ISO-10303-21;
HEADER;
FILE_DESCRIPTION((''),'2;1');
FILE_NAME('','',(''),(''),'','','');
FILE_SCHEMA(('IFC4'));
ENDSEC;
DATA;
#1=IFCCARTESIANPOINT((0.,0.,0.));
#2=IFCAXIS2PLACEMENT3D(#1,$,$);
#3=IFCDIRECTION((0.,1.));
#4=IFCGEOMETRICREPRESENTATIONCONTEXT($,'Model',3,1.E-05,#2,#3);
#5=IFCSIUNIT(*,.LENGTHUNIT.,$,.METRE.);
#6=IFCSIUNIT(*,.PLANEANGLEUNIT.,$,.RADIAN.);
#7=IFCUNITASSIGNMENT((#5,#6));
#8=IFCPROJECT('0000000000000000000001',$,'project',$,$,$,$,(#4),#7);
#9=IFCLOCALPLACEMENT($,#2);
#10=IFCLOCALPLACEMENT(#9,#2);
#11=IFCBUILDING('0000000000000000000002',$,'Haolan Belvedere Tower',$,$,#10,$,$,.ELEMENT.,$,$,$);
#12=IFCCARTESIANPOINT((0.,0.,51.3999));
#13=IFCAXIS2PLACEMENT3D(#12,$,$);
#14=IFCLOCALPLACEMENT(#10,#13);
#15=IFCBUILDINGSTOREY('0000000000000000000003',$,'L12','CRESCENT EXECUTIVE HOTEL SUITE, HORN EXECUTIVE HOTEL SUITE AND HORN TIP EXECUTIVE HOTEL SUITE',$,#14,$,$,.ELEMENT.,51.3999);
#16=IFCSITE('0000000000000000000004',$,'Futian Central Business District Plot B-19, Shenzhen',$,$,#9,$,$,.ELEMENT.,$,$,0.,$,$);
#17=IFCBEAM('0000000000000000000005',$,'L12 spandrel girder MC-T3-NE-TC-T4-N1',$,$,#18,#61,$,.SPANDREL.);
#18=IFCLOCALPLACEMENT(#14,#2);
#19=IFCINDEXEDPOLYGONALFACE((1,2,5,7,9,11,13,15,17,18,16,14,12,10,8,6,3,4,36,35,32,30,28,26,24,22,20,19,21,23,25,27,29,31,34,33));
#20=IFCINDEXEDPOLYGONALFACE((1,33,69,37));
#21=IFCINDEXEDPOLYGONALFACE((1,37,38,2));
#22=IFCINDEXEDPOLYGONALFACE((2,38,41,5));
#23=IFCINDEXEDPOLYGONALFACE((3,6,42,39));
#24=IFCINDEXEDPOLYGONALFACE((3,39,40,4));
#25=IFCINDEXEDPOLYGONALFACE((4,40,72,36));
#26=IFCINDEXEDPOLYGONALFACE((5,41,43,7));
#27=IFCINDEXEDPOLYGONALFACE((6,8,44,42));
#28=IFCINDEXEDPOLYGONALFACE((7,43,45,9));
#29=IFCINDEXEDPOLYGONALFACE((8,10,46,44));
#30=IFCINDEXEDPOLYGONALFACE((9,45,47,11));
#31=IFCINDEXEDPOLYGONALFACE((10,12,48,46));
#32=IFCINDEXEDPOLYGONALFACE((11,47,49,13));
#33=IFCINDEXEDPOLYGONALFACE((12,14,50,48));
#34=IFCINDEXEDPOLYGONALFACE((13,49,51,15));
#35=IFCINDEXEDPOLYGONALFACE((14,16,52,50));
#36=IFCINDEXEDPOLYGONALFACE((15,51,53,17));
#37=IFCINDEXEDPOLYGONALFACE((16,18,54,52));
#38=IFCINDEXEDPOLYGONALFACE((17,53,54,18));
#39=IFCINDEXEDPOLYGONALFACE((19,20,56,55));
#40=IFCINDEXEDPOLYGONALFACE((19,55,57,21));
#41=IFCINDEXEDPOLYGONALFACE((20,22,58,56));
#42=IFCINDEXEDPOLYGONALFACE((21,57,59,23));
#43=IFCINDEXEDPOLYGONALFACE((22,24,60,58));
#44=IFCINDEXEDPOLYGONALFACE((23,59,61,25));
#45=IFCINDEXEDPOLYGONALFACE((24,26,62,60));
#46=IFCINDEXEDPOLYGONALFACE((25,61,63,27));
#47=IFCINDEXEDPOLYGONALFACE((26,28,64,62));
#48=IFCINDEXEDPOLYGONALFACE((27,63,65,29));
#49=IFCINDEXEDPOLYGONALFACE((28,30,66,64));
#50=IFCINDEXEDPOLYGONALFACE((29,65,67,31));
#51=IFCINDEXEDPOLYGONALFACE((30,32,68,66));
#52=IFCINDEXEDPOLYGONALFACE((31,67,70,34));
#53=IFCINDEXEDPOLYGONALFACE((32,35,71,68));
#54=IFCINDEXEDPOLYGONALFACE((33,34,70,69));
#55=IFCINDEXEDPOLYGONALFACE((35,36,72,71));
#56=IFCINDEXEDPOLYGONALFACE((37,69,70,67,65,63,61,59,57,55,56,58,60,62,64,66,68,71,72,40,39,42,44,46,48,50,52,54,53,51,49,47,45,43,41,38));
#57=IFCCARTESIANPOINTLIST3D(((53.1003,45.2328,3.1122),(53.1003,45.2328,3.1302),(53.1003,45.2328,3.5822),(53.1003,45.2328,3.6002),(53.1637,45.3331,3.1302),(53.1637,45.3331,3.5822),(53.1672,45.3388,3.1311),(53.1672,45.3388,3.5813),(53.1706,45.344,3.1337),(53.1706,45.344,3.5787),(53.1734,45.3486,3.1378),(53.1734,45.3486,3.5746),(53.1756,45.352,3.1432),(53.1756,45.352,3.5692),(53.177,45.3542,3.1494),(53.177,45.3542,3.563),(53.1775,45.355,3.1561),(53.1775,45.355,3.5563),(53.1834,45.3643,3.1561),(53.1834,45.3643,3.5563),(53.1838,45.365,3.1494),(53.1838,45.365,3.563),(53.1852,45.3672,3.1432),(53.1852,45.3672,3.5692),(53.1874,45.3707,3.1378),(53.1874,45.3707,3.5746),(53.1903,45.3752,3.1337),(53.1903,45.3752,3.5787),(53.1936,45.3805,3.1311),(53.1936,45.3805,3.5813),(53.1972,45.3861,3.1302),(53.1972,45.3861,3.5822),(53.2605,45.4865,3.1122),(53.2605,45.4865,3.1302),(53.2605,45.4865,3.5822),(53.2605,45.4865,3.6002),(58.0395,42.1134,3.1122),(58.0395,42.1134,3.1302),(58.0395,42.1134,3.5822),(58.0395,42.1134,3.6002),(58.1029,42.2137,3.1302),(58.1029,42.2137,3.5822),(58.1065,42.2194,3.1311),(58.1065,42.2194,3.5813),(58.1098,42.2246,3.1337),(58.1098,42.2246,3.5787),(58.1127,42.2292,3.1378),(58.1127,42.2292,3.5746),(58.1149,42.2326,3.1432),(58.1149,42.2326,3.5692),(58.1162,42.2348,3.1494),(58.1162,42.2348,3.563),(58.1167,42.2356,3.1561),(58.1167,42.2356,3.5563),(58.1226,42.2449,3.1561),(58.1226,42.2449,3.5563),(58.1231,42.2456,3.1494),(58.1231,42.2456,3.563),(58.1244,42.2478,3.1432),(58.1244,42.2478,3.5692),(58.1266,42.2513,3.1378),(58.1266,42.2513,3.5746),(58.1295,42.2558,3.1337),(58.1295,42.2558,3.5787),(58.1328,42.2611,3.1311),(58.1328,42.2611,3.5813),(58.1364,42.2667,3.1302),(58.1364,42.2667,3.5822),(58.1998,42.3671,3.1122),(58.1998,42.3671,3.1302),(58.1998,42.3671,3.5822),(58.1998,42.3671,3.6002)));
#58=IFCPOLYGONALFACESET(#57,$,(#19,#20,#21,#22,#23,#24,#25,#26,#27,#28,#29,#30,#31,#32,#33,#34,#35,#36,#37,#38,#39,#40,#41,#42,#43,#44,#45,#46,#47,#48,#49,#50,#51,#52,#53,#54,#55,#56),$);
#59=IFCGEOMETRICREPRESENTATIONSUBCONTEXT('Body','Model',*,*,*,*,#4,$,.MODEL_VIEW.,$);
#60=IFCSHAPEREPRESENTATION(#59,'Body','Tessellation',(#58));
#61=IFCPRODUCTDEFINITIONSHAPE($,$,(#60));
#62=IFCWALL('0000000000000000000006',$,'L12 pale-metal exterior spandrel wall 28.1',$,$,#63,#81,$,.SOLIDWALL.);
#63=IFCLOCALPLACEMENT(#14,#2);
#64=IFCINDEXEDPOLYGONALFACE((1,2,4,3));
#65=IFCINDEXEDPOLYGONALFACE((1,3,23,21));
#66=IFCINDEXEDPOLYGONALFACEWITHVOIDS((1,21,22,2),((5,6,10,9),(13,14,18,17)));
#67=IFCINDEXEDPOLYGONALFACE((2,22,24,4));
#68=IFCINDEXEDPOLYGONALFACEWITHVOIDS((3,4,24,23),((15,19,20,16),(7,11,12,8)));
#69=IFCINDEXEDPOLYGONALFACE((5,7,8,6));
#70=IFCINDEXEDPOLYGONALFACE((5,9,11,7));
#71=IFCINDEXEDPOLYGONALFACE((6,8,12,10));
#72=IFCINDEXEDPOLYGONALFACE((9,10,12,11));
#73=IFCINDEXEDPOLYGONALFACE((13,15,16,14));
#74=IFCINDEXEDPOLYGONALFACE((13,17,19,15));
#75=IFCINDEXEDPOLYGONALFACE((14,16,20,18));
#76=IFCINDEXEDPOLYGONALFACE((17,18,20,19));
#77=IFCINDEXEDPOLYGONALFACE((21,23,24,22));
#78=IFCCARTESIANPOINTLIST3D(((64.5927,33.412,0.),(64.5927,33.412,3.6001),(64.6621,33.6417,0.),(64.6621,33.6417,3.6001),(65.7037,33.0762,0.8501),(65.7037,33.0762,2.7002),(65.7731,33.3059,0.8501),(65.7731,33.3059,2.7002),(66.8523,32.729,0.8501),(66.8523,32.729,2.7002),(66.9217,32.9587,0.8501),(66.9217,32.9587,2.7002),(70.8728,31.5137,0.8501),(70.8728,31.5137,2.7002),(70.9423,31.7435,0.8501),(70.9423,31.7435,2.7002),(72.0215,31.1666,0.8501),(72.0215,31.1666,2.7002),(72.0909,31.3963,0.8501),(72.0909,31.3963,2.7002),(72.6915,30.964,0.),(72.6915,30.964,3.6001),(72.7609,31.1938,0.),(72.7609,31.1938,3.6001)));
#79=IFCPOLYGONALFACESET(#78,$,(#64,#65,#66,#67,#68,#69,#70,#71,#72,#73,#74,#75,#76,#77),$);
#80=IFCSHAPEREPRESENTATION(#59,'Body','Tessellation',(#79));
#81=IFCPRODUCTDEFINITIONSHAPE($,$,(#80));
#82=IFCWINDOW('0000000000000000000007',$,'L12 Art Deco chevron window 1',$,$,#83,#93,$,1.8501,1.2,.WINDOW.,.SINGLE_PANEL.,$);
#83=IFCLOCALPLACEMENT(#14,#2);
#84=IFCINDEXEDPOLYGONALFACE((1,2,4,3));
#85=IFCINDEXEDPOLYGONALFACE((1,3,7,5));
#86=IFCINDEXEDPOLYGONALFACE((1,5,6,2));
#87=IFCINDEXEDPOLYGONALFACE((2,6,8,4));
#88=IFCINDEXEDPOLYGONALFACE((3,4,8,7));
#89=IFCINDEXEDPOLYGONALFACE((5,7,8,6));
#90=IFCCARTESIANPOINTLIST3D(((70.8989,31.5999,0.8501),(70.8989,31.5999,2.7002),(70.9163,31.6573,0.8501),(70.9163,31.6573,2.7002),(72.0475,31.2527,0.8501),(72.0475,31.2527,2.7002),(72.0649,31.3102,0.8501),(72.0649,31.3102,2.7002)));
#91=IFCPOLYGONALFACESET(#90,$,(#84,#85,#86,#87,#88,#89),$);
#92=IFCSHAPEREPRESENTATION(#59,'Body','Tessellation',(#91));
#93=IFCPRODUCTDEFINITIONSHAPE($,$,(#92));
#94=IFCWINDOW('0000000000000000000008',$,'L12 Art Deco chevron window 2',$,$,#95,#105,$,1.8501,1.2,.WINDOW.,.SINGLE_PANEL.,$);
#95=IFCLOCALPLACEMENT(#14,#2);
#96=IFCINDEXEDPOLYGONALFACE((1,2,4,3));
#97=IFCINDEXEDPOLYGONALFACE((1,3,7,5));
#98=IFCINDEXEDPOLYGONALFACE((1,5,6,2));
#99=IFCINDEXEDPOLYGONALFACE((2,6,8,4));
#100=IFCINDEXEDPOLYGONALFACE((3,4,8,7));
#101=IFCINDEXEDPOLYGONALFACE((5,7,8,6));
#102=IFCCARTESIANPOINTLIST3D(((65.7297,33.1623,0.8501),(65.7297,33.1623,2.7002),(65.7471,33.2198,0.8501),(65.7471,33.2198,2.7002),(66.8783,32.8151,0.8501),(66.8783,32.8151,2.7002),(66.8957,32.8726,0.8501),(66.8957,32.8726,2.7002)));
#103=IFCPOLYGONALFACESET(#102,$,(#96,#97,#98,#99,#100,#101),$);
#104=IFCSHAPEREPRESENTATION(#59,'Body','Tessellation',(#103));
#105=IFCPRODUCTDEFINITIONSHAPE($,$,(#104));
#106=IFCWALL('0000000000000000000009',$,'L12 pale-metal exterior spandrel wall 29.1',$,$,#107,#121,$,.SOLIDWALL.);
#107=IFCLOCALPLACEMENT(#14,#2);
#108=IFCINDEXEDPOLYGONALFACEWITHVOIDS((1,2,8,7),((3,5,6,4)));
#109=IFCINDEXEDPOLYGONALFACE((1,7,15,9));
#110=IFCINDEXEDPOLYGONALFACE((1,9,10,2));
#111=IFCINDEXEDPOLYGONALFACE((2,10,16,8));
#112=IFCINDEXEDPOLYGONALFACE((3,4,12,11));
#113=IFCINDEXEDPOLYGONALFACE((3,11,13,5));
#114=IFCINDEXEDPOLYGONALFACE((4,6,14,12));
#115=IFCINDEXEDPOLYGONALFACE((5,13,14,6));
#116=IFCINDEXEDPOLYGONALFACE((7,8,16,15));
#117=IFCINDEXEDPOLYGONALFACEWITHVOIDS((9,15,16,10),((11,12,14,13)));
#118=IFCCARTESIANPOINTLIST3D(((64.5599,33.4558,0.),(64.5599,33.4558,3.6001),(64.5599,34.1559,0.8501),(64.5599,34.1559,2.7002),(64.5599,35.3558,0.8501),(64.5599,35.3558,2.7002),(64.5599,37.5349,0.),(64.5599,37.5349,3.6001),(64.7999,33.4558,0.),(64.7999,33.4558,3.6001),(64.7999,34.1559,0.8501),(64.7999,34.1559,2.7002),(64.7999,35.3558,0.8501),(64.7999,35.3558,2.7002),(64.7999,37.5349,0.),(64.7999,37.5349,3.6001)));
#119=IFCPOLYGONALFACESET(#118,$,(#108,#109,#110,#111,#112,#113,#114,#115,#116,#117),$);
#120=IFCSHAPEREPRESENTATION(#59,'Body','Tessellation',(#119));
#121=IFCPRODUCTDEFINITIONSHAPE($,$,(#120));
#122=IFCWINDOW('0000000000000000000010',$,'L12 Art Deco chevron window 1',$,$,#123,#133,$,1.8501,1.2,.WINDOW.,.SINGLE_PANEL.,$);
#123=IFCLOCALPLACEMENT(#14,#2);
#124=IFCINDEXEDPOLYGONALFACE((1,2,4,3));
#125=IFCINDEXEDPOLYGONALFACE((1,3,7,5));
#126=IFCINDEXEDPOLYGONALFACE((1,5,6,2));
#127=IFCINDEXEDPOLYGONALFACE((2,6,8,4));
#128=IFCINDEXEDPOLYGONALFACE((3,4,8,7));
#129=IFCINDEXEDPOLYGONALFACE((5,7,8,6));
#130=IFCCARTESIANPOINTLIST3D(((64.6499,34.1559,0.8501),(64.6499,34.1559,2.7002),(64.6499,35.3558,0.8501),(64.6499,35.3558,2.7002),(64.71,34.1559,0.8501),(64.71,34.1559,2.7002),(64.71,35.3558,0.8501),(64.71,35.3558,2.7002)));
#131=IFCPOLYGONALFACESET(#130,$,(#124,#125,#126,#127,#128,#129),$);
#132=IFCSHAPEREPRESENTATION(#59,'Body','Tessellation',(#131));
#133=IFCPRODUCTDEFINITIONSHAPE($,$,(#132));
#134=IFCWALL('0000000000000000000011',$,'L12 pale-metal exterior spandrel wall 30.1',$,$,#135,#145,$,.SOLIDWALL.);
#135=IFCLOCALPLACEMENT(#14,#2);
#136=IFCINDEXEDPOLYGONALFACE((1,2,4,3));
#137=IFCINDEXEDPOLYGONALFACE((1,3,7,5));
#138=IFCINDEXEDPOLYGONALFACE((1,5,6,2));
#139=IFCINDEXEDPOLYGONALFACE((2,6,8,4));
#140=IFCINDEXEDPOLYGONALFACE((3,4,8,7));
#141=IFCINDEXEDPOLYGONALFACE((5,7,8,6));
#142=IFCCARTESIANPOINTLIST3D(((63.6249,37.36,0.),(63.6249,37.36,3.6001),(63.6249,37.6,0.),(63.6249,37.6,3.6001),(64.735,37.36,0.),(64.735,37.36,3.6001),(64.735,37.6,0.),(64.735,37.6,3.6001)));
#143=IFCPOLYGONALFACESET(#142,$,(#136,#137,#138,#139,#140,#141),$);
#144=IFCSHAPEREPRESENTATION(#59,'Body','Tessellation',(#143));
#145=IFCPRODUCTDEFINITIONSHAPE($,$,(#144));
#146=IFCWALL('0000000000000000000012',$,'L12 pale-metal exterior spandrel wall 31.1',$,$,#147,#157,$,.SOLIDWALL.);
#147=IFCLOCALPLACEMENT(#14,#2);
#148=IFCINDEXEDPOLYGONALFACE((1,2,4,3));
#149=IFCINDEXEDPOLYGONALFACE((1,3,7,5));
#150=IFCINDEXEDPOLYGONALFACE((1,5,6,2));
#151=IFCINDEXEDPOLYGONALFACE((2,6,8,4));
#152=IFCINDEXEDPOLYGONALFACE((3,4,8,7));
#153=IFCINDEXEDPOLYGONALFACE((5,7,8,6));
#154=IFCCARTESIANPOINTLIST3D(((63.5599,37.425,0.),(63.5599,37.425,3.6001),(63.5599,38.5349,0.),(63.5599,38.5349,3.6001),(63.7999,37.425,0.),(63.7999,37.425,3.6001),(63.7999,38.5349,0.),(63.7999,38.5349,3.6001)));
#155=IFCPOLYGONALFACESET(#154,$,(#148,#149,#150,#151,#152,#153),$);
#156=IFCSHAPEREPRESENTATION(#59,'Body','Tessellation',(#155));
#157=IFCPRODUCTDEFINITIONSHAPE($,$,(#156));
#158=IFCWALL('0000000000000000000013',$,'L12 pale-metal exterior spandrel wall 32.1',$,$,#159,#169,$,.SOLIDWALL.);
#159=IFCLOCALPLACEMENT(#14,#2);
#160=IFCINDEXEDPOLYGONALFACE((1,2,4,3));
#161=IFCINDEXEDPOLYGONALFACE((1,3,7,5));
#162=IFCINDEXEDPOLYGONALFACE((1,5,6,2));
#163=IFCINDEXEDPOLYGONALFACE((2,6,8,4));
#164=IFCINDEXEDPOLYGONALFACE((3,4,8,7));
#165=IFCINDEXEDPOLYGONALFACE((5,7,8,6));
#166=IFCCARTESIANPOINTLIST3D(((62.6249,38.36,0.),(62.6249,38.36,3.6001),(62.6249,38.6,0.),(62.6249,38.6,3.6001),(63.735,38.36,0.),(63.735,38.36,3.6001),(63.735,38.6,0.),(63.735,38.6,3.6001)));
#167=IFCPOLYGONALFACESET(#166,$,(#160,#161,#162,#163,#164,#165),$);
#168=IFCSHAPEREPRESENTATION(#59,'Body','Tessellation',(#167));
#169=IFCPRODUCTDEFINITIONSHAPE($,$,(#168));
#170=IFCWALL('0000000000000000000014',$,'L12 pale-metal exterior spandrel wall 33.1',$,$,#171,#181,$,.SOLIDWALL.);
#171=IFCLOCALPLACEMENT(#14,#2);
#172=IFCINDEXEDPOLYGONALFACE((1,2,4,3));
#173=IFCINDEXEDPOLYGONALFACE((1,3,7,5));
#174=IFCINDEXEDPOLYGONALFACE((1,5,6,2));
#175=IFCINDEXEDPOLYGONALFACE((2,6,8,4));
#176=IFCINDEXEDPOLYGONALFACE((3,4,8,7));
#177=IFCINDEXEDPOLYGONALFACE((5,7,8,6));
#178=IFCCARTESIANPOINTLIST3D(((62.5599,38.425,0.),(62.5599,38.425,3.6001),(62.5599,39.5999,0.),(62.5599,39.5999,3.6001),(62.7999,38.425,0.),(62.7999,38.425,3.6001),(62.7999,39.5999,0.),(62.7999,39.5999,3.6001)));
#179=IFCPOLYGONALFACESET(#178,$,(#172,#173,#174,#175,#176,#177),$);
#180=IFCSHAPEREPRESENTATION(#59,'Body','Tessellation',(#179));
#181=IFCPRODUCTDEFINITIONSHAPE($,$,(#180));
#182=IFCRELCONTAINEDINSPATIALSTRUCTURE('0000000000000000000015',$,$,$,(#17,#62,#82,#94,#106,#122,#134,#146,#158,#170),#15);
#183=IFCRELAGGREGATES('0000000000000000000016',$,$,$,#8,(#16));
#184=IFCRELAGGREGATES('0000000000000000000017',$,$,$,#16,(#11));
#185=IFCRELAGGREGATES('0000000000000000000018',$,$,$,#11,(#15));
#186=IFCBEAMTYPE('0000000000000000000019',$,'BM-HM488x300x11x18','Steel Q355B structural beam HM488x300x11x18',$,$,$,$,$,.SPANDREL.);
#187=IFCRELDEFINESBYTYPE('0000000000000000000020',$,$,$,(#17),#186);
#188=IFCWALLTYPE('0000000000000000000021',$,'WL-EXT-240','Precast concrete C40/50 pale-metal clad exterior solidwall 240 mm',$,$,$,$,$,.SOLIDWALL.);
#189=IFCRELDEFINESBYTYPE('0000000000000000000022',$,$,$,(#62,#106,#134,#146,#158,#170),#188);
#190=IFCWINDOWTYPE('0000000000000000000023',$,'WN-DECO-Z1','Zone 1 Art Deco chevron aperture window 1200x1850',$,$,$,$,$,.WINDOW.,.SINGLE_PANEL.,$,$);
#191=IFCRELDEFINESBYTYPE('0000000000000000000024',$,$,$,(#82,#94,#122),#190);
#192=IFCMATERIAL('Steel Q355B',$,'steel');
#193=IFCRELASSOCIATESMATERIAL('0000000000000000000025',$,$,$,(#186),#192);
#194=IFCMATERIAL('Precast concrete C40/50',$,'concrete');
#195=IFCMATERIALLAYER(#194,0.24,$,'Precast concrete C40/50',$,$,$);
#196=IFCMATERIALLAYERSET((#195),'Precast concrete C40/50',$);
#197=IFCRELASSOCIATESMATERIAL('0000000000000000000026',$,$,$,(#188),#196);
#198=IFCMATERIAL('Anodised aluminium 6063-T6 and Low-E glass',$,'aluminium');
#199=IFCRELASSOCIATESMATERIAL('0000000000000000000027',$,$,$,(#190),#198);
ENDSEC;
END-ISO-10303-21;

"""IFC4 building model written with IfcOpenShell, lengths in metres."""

from ifc_helpers import new_model, si_unit, direction, frame, frame_2d, origin, origin_2d, place, context, subcontext, project, spatial, rectangle, i_section, extrude, material, layer, layer_set, material_profile, profile_set, type_object, element, fill, save


model = new_model("IFC4")

# Units and contexts
model_context = context("Model", 3, precision=1e-05, world=origin(), true_north=direction((0.0, 1.0)))
body_context = subcontext(model_context, "Body", "Model", "MODEL_VIEW")
ifc_project = project(units=[si_unit("LENGTHUNIT", "METRE"), si_unit("PLANEANGLEUNIT", "RADIAN")], contexts=[model_context])

# Site, building, storey
site_placement = place(None, origin())
site = spatial("IfcSite", under=ifc_project, at=site_placement, Name="Futian Central Business District Plot B-19, Shenzhen", CompositionType="ELEMENT", RefElevation=0.0)
building_placement = place(site_placement, origin())
building = spatial("IfcBuilding", under=site, at=building_placement, Name="Haolan Belvedere Tower", CompositionType="ELEMENT")
storey_placement = place(building_placement, frame((0.0, 0.0, 51.3999)))
storey = spatial("IfcBuildingStorey", under=building, at=storey_placement, Name="L12", Description="CRESCENT EXECUTIVE HOTEL SUITE, HORN EXECUTIVE HOTEL SUITE AND HORN TIP EXECUTIVE HOTEL SUITE", CompositionType="ELEMENT", Elevation=51.3999)

# Shared definitions
ifc_material_1 = material(Name="Steel Q355B", Category="steel")

# Beam
ifc_material_profile_1 = material_profile(ifc_material_1, i_section(OverallWidth=0.3, OverallDepth=0.488, WebThickness=0.011, FlangeThickness=0.0181, FilletRadius=0.0259, at=origin_2d()), Name="Steel Q355B")
ifc_profile_set_1 = profile_set([ifc_material_profile_1], Name="Steel Q355B")
beam_type = type_object("IfcBeamType", Name="BM-HM488x300x11x18", Description="Steel Q355B structural beam HM488x300x11x18", PredefinedType="SPANDREL", material=ifc_profile_set_1)
beam_placement = place(storey_placement, frame((53.1804, 45.3596, 3.3562), z_axis=(0.845498, -0.533979, 0.0), x_axis=(0.533979, 0.845498, 0.0)))
element("IfcBeam", 1, at=beam_placement, inside=storey, type_object=beam_type, Name="L12 spandrel girder MC-T3-NE-TC-T4-N1", PredefinedType="SPANDREL", context=body_context, shape_type="SweptSolid", body=[
    extrude(i_section(OverallWidth=0.3, OverallDepth=0.488, WebThickness=0.011, FlangeThickness=0.0181, FilletRadius=0.0259, at=origin_2d()), origin(), (0.0, 0.0, 1.0), 5.8418),
])

# Wall, openings, windows
ifc_material_2 = material(Name="Precast concrete C40/50", Category="concrete")
ifc_layer_1 = layer(ifc_material_2, 0.24, Name="Precast concrete C40/50")
ifc_layer_set_1 = layer_set([ifc_layer_1], Name="Precast concrete C40/50")
wall_type_1 = type_object("IfcWallType", Name="WL-EXT-240", Description="Precast concrete C40/50 pale-metal clad exterior solidwall 240 mm", PredefinedType="SOLIDWALL", material=ifc_layer_set_1)
wall_1_placement = place(storey_placement, frame((72.7263, 31.0789, 0.0), z_axis=(0.0, 0.0, 1.0), x_axis=(-0.957228, 0.289335, 0.0)))
wall_1 = element("IfcWall", 2, at=wall_1_placement, inside=storey, type_object=wall_type_1, Name="L12 pale-metal exterior spandrel wall 28.1", PredefinedType="SOLIDWALL", context=body_context, shape_type="SweptSolid", body=[
    extrude(rectangle(XDim=8.4607, YDim=0.24, at=frame_2d((4.2305, 0.0))), origin(), (0.0, 0.0, 1.0), 3.6001),
])
opening_1_placement = place(wall_1_placement, frame((0.7, 0.0, 0.8501)))
opening_1 = element("IfcOpeningElement", 3, at=opening_1_placement, cuts=wall_1, PredefinedType="OPENING", context=body_context, shape_type="SweptSolid", body=[
    extrude(rectangle(XDim=1.2, YDim=1.8501, at=frame_2d((0.6001, 0.925))), frame((0.0, 0.1299, 0.0), z_axis=(0.0, -1.0, 0.0), x_axis=(1.0, 0.0, 0.0)), (0.0, 0.0, 1.0), 0.26),
])
opening_2_placement = place(wall_1_placement, frame((6.1001, 0.0, 0.8501)))
opening_2 = element("IfcOpeningElement", 4, at=opening_2_placement, cuts=wall_1, PredefinedType="OPENING", context=body_context, shape_type="SweptSolid", body=[
    extrude(rectangle(XDim=1.2, YDim=1.8501, at=frame_2d((0.6001, 0.925))), frame((0.0, 0.1299, 0.0), z_axis=(0.0, -1.0, 0.0), x_axis=(1.0, 0.0, 0.0)), (0.0, 0.0, 1.0), 0.26),
])
ifc_material_3 = material(Name="Anodised aluminium 6063-T6 and Low-E glass", Category="aluminium")
window_type = type_object("IfcWindowType", Name="WN-DECO-Z1", Description="Zone 1 Art Deco chevron aperture window 1200x1850", PartitioningType="SINGLE_PANEL", PredefinedType="WINDOW", material=ifc_material_3)
window_1_placement = place(opening_1_placement, origin())
window_1 = element("IfcWindow", 5, at=window_1_placement, inside=storey, type_object=window_type, Name="L12 Art Deco chevron window 1", OverallHeight=1.8501, OverallWidth=1.2, PartitioningType="SINGLE_PANEL", PredefinedType="WINDOW", context=body_context, shape_type="SweptSolid", body=[
    extrude(rectangle(XDim=1.2, YDim=1.8501, at=frame_2d((0.6001, 0.925))), frame((0.0, 0.03, 0.0), z_axis=(0.0, -1.0, 0.0), x_axis=(1.0, 0.0, 0.0)), (0.0, 0.0, 1.0), 0.0601),
])
fill(opening_1, window_1)
window_2_placement = place(opening_2_placement, origin())
window_2 = element("IfcWindow", 6, at=window_2_placement, inside=storey, type_object=window_type, Name="L12 Art Deco chevron window 2", OverallHeight=1.8501, OverallWidth=1.2, PartitioningType="SINGLE_PANEL", PredefinedType="WINDOW", context=body_context, shape_type="SweptSolid", body=[
    extrude(rectangle(XDim=1.2, YDim=1.8501, at=frame_2d((0.6001, 0.925))), frame((0.0, 0.03, 0.0), z_axis=(0.0, -1.0, 0.0), x_axis=(1.0, 0.0, 0.0)), (0.0, 0.0, 1.0), 0.0601),
])
fill(opening_2, window_2)

# Wall, opening, window
wall_2_placement = place(storey_placement, frame((64.6799, 33.4558, 0.0), z_axis=(0.0, 0.0, 1.0), x_axis=(0.0, 1.0, 0.0)))
wall_2 = element("IfcWall", 7, at=wall_2_placement, inside=storey, type_object=wall_type_1, Name="L12 pale-metal exterior spandrel wall 29.1", PredefinedType="SOLIDWALL", context=body_context, shape_type="SweptSolid", body=[
    extrude(rectangle(XDim=4.0791, YDim=0.24, at=frame_2d((2.0396, 0.0))), origin(), (0.0, 0.0, 1.0), 3.6001),
])
opening_3_placement = place(wall_2_placement, frame((0.7, 0.0, 0.8501)))
opening_3 = element("IfcOpeningElement", 8, at=opening_3_placement, cuts=wall_2, PredefinedType="OPENING", context=body_context, shape_type="SweptSolid", body=[
    extrude(rectangle(XDim=1.2, YDim=1.8501, at=frame_2d((0.6001, 0.925))), frame((0.0, 0.1299, 0.0), z_axis=(0.0, -1.0, 0.0), x_axis=(1.0, 0.0, 0.0)), (0.0, 0.0, 1.0), 0.26),
])
window_3_placement = place(opening_3_placement, origin())
window_3 = element("IfcWindow", 9, at=window_3_placement, inside=storey, type_object=window_type, Name="L12 Art Deco chevron window 1", OverallHeight=1.8501, OverallWidth=1.2, PartitioningType="SINGLE_PANEL", PredefinedType="WINDOW", context=body_context, shape_type="SweptSolid", body=[
    extrude(rectangle(XDim=1.2, YDim=1.8501, at=frame_2d((0.6001, 0.925))), frame((0.0, 0.03, 0.0), z_axis=(0.0, -1.0, 0.0), x_axis=(1.0, 0.0, 0.0)), (0.0, 0.0, 1.0), 0.0601),
])
fill(opening_3, window_3)

# Walls
wall_3_placement = place(storey_placement, frame((64.7351, 37.48, 0.0), z_axis=(0.0, 0.0, 1.0), x_axis=(-1.0, 0.0, 0.0)))
element("IfcWall", 10, at=wall_3_placement, inside=storey, type_object=wall_type_1, Name="L12 pale-metal exterior spandrel wall 30.1", PredefinedType="SOLIDWALL", context=body_context, shape_type="SweptSolid", body=[
    extrude(rectangle(XDim=1.1101, YDim=0.24, at=frame_2d((0.5552, 0.0))), origin(), (0.0, 0.0, 1.0), 3.6001),
])
wall_4_placement = place(storey_placement, frame((63.6799, 37.425, 0.0), z_axis=(0.0, 0.0, 1.0), x_axis=(0.0, 1.0, 0.0)))
element("IfcWall", 11, at=wall_4_placement, inside=storey, type_object=wall_type_1, Name="L12 pale-metal exterior spandrel wall 31.1", PredefinedType="SOLIDWALL", context=body_context, shape_type="SweptSolid", body=[
    extrude(rectangle(XDim=1.1099, YDim=0.24, at=frame_2d((0.5549, 0.0))), origin(), (0.0, 0.0, 1.0), 3.6001),
])
wall_5_placement = place(storey_placement, frame((63.7351, 38.48, 0.0), z_axis=(0.0, 0.0, 1.0), x_axis=(-1.0, 0.0, 0.0)))
element("IfcWall", 12, at=wall_5_placement, inside=storey, type_object=wall_type_1, Name="L12 pale-metal exterior spandrel wall 32.1", PredefinedType="SOLIDWALL", context=body_context, shape_type="SweptSolid", body=[
    extrude(rectangle(XDim=1.1101, YDim=0.24, at=frame_2d((0.5552, 0.0))), origin(), (0.0, 0.0, 1.0), 3.6001),
])
wall_6_placement = place(storey_placement, frame((62.6799, 38.425, 0.0), z_axis=(0.0, 0.0, 1.0), x_axis=(0.0, 1.0, 0.0)))
element("IfcWall", 13, at=wall_6_placement, inside=storey, type_object=wall_type_1, Name="L12 pale-metal exterior spandrel wall 33.1", PredefinedType="SOLIDWALL", context=body_context, shape_type="SweptSolid", body=[
    extrude(rectangle(XDim=1.1748, YDim=0.24, at=frame_2d((0.5874, 0.0))), origin(), (0.0, 0.0, 1.0), 3.6001),
])

save(model, "model.ifc")
